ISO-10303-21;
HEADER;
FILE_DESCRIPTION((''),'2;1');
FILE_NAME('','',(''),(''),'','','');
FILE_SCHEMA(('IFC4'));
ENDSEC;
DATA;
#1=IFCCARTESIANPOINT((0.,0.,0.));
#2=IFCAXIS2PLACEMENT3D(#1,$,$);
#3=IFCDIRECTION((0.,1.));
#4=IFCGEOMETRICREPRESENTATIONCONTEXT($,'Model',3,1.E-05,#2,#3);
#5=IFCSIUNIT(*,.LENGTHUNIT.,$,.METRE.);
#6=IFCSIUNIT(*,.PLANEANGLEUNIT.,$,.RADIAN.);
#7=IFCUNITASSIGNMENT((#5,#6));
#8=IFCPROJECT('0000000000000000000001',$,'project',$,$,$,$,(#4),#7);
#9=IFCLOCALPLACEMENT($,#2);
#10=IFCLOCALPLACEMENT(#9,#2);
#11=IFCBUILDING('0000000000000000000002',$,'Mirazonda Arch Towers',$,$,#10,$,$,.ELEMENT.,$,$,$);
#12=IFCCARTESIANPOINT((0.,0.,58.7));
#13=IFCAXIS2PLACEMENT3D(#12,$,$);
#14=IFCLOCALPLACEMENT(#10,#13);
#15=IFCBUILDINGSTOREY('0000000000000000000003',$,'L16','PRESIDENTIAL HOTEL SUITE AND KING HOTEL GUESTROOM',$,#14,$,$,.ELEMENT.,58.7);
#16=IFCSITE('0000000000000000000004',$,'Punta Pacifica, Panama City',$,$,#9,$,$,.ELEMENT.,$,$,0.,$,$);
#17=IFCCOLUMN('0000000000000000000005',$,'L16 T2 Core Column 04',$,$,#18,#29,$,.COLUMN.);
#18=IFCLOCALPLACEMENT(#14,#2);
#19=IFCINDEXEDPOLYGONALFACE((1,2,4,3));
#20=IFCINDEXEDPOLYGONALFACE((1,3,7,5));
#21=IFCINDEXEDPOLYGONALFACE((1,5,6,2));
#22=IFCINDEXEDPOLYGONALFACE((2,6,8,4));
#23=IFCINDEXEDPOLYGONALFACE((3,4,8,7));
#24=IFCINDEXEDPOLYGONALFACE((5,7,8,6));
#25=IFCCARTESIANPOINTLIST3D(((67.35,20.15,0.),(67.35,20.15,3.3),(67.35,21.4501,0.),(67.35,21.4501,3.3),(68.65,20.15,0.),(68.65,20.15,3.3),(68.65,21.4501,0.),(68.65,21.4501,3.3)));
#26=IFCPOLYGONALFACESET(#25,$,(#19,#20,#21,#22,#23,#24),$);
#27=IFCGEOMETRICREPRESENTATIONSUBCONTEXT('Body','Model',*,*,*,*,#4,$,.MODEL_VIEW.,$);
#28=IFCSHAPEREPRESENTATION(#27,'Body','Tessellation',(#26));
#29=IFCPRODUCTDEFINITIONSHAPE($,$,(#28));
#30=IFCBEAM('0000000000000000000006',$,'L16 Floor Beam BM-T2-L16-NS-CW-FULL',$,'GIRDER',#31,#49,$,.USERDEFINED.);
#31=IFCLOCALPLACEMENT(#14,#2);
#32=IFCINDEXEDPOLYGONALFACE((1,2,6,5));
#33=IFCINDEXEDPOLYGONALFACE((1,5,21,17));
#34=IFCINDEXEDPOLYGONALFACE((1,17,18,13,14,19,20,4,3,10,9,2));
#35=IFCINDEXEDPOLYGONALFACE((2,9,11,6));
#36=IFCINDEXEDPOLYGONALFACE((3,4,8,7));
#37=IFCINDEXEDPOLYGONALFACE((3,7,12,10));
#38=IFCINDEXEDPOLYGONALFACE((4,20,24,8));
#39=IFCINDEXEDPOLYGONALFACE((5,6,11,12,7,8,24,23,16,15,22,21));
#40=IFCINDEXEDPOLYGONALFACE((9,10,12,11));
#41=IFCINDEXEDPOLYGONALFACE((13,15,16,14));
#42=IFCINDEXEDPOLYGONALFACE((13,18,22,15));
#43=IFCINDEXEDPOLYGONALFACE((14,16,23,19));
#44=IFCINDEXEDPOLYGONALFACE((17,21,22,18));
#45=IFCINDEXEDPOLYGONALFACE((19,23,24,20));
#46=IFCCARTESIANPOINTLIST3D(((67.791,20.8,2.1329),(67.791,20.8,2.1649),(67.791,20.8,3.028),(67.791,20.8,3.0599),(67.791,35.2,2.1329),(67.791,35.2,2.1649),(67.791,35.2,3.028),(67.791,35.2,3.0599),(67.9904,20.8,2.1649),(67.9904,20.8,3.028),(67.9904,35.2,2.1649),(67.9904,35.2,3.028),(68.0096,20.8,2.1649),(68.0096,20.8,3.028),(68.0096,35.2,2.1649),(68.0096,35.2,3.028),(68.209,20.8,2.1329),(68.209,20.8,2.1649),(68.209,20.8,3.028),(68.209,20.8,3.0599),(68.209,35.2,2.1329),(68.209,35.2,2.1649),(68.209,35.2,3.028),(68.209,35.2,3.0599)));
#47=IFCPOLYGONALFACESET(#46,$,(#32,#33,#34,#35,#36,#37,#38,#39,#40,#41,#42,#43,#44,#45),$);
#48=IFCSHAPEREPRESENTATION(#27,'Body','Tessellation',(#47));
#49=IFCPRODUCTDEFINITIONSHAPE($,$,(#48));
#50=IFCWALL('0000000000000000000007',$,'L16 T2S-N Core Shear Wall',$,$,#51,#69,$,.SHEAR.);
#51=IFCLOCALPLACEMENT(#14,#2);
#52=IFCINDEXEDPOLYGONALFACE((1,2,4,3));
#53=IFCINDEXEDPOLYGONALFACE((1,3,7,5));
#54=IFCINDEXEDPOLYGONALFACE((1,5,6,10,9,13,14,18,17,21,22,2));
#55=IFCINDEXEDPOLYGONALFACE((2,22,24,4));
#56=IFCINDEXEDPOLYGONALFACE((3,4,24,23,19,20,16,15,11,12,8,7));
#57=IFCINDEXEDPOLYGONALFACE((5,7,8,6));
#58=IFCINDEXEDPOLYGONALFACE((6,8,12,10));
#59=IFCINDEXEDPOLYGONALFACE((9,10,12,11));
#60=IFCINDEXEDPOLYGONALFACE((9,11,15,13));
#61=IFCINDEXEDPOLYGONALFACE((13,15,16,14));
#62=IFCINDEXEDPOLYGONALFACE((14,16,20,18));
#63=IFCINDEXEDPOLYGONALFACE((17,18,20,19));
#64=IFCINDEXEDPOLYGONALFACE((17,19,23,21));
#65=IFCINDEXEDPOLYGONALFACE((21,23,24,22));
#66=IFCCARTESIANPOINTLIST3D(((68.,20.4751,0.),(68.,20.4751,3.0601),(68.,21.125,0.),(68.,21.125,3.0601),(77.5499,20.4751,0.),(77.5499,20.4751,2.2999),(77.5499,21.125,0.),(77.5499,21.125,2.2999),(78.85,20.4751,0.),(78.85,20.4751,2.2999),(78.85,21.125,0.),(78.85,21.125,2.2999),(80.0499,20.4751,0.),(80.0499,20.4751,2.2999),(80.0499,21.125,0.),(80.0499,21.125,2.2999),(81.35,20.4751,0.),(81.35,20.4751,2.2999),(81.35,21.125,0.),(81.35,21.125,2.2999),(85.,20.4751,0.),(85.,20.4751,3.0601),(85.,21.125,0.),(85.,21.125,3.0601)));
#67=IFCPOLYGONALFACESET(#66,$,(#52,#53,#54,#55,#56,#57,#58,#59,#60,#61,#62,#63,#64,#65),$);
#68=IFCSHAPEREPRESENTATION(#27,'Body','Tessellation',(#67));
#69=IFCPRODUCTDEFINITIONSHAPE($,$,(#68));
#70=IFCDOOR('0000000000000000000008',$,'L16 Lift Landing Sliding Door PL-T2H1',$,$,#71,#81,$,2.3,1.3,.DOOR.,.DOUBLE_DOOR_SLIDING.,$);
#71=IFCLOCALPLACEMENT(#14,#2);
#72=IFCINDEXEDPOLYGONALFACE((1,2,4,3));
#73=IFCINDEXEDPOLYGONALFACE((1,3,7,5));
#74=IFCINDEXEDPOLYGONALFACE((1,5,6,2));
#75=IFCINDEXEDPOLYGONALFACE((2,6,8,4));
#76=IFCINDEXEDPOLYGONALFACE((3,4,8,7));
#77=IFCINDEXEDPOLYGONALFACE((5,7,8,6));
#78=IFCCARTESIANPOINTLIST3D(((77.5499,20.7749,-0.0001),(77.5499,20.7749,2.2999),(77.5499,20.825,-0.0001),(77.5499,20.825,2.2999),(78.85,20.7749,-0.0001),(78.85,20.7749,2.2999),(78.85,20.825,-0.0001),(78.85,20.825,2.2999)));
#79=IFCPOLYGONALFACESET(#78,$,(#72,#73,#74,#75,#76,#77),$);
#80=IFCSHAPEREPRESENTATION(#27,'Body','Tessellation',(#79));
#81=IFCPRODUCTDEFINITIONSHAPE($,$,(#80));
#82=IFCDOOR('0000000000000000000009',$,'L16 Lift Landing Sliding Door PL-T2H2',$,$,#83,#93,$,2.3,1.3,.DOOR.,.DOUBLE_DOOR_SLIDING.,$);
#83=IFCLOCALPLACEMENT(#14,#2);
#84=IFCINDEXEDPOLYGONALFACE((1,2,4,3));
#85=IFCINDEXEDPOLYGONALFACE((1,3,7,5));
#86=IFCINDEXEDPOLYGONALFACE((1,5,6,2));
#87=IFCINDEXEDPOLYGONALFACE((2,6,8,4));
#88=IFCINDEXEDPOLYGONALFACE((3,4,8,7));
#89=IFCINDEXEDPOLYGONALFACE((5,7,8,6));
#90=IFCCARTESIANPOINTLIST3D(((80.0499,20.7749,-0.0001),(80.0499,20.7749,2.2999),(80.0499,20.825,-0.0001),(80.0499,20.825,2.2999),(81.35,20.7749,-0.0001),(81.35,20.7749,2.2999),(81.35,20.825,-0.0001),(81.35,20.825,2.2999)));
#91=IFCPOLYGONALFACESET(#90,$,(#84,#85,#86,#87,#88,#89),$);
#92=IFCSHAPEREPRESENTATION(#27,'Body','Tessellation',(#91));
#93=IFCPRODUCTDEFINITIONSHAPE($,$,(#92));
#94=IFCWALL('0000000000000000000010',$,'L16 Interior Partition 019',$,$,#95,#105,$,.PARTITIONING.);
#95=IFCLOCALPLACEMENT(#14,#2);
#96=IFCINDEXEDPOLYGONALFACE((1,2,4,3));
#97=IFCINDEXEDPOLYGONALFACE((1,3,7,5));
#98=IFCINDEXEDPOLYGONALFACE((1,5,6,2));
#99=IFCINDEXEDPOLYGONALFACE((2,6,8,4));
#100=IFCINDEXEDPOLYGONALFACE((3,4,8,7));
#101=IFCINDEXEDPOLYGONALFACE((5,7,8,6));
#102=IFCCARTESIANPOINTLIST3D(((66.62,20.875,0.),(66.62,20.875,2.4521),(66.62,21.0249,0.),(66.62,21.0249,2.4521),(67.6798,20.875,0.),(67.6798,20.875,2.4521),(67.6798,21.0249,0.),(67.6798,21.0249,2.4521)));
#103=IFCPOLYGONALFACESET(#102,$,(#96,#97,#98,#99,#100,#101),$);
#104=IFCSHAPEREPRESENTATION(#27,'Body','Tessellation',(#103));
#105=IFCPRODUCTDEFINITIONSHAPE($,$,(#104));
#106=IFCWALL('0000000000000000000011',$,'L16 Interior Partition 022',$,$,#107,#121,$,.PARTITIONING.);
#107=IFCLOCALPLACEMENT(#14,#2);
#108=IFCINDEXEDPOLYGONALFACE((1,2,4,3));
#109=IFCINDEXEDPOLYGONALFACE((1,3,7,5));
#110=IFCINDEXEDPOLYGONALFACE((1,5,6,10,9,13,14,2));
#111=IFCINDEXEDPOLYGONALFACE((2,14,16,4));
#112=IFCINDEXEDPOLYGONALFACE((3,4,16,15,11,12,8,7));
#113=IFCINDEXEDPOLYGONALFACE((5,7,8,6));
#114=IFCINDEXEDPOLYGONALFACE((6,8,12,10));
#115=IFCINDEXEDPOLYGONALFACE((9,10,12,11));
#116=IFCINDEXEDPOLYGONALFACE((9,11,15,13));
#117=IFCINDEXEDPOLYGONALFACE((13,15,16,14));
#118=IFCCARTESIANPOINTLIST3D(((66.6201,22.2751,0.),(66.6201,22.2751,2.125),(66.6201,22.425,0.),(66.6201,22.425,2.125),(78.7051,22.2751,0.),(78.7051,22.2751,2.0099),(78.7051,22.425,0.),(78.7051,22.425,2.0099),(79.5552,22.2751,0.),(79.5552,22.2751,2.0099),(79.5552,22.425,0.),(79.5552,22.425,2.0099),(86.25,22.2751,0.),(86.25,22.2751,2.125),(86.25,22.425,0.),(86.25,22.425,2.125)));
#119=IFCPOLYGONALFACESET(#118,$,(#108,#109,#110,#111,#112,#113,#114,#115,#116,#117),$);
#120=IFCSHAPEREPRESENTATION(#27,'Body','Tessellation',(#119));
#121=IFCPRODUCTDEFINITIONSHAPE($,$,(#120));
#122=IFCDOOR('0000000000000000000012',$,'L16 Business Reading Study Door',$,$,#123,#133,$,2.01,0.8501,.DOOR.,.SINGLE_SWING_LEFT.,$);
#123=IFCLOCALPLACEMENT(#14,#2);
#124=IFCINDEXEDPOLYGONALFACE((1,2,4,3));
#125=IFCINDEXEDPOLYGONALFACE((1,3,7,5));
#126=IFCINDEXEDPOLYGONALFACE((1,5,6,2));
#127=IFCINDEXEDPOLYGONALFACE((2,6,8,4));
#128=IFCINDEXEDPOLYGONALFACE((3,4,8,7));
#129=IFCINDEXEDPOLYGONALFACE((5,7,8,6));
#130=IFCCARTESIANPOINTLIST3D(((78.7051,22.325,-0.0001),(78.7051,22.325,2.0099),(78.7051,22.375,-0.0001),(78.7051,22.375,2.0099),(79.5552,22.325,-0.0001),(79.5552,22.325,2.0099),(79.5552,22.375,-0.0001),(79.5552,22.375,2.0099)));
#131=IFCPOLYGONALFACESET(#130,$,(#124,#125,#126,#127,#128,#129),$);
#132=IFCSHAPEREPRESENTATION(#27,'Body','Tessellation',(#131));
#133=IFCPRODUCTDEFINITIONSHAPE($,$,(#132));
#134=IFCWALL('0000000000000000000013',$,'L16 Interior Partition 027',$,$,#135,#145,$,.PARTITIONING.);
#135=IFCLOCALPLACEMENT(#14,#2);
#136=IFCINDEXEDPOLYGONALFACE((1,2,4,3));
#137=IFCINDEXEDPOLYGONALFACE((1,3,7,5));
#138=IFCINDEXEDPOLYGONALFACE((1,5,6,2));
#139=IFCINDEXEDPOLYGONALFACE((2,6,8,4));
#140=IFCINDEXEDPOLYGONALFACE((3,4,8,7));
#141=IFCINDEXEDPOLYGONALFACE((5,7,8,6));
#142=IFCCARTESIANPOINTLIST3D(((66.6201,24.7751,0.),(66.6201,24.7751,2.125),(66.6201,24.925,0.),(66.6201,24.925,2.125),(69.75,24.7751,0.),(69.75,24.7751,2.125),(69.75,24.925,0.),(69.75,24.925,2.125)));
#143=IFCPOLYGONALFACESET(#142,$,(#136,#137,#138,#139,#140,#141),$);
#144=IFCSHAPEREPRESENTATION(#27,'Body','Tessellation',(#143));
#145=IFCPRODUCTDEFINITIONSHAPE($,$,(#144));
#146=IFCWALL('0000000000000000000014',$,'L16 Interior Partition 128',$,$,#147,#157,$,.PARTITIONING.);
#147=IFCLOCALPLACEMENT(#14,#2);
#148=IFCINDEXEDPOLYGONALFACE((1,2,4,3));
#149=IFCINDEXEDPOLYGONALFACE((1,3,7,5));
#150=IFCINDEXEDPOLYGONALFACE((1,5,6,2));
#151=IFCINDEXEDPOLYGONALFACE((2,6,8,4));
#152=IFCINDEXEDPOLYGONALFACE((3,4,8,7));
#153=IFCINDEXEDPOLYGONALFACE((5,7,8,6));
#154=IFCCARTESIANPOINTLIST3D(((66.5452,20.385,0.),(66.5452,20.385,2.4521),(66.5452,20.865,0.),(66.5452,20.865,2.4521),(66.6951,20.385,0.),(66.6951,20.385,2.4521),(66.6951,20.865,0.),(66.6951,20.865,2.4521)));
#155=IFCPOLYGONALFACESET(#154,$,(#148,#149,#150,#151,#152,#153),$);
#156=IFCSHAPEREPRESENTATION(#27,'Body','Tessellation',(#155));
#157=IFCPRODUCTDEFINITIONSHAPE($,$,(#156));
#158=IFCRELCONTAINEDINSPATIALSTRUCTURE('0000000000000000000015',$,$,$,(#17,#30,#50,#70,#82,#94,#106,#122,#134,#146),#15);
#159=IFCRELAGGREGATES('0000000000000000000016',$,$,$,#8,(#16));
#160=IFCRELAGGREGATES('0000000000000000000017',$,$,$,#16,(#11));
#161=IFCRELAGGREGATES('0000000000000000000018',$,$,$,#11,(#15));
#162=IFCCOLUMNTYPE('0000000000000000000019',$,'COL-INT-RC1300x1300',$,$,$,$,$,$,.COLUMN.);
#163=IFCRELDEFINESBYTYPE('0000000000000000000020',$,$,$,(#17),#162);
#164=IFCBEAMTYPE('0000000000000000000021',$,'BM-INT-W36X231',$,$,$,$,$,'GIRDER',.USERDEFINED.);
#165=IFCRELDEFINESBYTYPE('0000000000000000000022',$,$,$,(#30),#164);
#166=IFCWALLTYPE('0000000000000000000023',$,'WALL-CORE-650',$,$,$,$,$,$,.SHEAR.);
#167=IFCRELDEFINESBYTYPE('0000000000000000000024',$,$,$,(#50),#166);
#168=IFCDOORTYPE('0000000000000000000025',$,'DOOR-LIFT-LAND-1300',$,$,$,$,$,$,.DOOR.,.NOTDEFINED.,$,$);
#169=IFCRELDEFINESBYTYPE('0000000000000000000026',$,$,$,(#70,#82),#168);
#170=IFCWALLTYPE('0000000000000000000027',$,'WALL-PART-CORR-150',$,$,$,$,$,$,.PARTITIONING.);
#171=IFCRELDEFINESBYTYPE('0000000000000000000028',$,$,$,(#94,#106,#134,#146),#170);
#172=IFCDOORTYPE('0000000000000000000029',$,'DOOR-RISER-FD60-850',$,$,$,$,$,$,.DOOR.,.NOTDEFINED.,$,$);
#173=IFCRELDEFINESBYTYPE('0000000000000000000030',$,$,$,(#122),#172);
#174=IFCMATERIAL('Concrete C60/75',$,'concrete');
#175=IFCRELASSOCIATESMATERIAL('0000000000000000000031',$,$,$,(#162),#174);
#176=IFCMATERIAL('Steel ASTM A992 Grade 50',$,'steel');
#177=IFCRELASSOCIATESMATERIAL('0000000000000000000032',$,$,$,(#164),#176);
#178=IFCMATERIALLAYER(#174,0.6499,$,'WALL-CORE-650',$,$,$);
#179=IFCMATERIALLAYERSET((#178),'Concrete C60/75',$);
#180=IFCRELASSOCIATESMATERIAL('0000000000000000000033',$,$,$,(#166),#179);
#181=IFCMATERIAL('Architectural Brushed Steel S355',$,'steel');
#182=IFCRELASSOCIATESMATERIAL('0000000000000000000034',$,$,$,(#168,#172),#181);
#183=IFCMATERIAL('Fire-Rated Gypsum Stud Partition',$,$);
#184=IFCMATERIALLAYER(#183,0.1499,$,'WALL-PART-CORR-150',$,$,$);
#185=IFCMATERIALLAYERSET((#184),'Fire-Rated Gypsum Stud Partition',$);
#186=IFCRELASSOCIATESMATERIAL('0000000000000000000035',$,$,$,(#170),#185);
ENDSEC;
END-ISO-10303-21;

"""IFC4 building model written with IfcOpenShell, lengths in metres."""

from ifc_helpers import new_model, si_unit, direction, frame, frame_2d, origin, origin_2d, place, context, subcontext, project, spatial, rectangle, i_section, extrude, material, layer, layer_set, material_profile, profile_set, type_object, element, fill, save


model = new_model("IFC4")

# Units and contexts
model_context = context("Model", 3, precision=1e-05, world=origin(), true_north=direction((0.0, 1.0)))
body_context = subcontext(model_context, "Body", "Model", "MODEL_VIEW")
ifc_project = project(units=[si_unit("LENGTHUNIT", "METRE"), si_unit("PLANEANGLEUNIT", "RADIAN")], contexts=[model_context])

# Site, building, storey
site_placement = place(None, origin())
site = spatial("IfcSite", under=ifc_project, at=site_placement, Name="Punta Pacifica, Panama City", CompositionType="ELEMENT", RefElevation=0.0)
building_placement = place(site_placement, origin())
building = spatial("IfcBuilding", under=site, at=building_placement, Name="Mirazonda Arch Towers", CompositionType="ELEMENT")
storey_placement = place(building_placement, frame((0.0, 0.0, 58.7)))
storey = spatial("IfcBuildingStorey", under=building, at=storey_placement, Name="L16", Description="PRESIDENTIAL HOTEL SUITE AND KING HOTEL GUESTROOM", CompositionType="ELEMENT", Elevation=58.7)

# Column
ifc_material_1 = material(Name="Concrete C60/75", Category="concrete")
ifc_material_profile_1 = material_profile(ifc_material_1, rectangle(XDim=1.3, YDim=1.3, at=origin_2d()), Name="RC1300x1300")
ifc_profile_set_1 = profile_set([ifc_material_profile_1], Name="Concrete C60/75")
column_type = type_object("IfcColumnType", Name="COL-INT-RC1300x1300", PredefinedType="COLUMN", material=ifc_profile_set_1)
column_placement = place(storey_placement, frame((68.0, 20.8, 0.0), z_axis=(0.0, 0.0, 1.0), x_axis=(1.0, 0.0, 0.0)))
element("IfcColumn", 1, at=column_placement, inside=storey, type_object=column_type, Name="L16 T2 Core Column 04", PredefinedType="COLUMN", context=body_context, shape_type="SweptSolid", body=[
    extrude(rectangle(XDim=1.3, YDim=1.3, at=origin_2d()), origin(), (0.0, 0.0, 1.0), 3.3),
])

# Beam
ifc_material_2 = material(Name="Steel ASTM A992 Grade 50", Category="steel")
ifc_material_profile_2 = material_profile(ifc_material_2, i_section(OverallWidth=0.418, OverallDepth=0.927, WebThickness=0.0193, FlangeThickness=0.032, at=origin_2d()), Name="W36X231")
ifc_profile_set_2 = profile_set([ifc_material_profile_2], Name="Steel ASTM A992 Grade 50")
beam_type = type_object("IfcBeamType", Name="BM-INT-W36X231", ElementType="GIRDER", PredefinedType="USERDEFINED", material=ifc_profile_set_2)
beam_placement = place(storey_placement, frame((68.0, 20.8, 2.5964), z_axis=(0.0, 1.0, 0.0), x_axis=(-1.0, 0.0, 0.0)))
element("IfcBeam", 2, at=beam_placement, inside=storey, type_object=beam_type, Name="L16 Floor Beam BM-T2-L16-NS-CW-FULL", ObjectType="GIRDER", PredefinedType="USERDEFINED", context=body_context, shape_type="SweptSolid", body=[
    extrude(i_section(OverallWidth=0.418, OverallDepth=0.927, WebThickness=0.0193, FlangeThickness=0.032, at=origin_2d()), origin(), (0.0, 0.0, 1.0), 14.3999),
])

# Wall, openings, doors
ifc_layer_1 = layer(ifc_material_1, 0.6499, Name="WALL-CORE-650")
ifc_layer_set_1 = layer_set([ifc_layer_1], Name="Concrete C60/75")
wall_type_1 = type_object("IfcWallType", Name="WALL-CORE-650", PredefinedType="SHEAR", material=ifc_layer_set_1)
wall_1_placement = place(storey_placement, frame((68.0, 20.8, 0.0), z_axis=(0.0, 0.0, 1.0), x_axis=(1.0, 0.0, 0.0)))
wall_1 = element("IfcWall", 3, at=wall_1_placement, inside=storey, type_object=wall_type_1, Name="L16 T2S-N Core Shear Wall", PredefinedType="SHEAR", context=body_context, shape_type="SweptSolid", body=[
    extrude(rectangle(XDim=17.0, YDim=0.6499, at=frame_2d((8.5, 0.0))), origin(), (0.0, 0.0, 1.0), 3.0601),
])
opening_1_placement = place(wall_1_placement, frame((9.55, 0.0, 0.0)))
opening_1 = element("IfcOpeningElement", 4, at=opening_1_placement, cuts=wall_1, PredefinedType="OPENING", context=body_context, shape_type="SweptSolid", body=[
    extrude(rectangle(XDim=1.3, YDim=2.3, at=frame_2d((0.6499, 1.1499))), frame((0.0, 0.335, 0.0), z_axis=(0.0, -1.0, 0.0), x_axis=(1.0, 0.0, 0.0)), (0.0, 0.0, 1.0), 0.6699),
])
opening_2_placement = place(wall_1_placement, frame((12.05, 0.0, 0.0)))
opening_2 = element("IfcOpeningElement", 5, at=opening_2_placement, cuts=wall_1, PredefinedType="OPENING", context=body_context, shape_type="SweptSolid", body=[
    extrude(rectangle(XDim=1.3, YDim=2.3, at=frame_2d((0.6499, 1.1499))), frame((0.0, 0.335, 0.0), z_axis=(0.0, -1.0, 0.0), x_axis=(1.0, 0.0, 0.0)), (0.0, 0.0, 1.0), 0.6699),
])
ifc_material_3 = material(Name="Architectural Brushed Steel S355", Category="steel")
door_type_1 = type_object("IfcDoorType", Name="DOOR-LIFT-LAND-1300", OperationType="NOTDEFINED", PredefinedType="DOOR", material=ifc_material_3)
door_1_placement = place(opening_1_placement, origin())
door_1 = element("IfcDoor", 6, at=door_1_placement, inside=storey, type_object=door_type_1, Name="L16 Lift Landing Sliding Door PL-T2H1", OperationType="DOUBLE_DOOR_SLIDING", OverallHeight=2.3, OverallWidth=1.3, PredefinedType="DOOR", context=body_context, shape_type="SweptSolid", body=[
    extrude(rectangle(XDim=1.3, YDim=2.3, at=frame_2d((0.6499, 1.1499))), frame((0.0, 0.0249, 0.0), z_axis=(0.0, -1.0, 0.0), x_axis=(1.0, 0.0, 0.0)), (0.0, 0.0, 1.0), 0.05),
])
fill(opening_1, door_1)
door_2_placement = place(opening_2_placement, origin())
door_2 = element("IfcDoor", 7, at=door_2_placement, inside=storey, type_object=door_type_1, Name="L16 Lift Landing Sliding Door PL-T2H2", OperationType="DOUBLE_DOOR_SLIDING", OverallHeight=2.3, OverallWidth=1.3, PredefinedType="DOOR", context=body_context, shape_type="SweptSolid", body=[
    extrude(rectangle(XDim=1.3, YDim=2.3, at=frame_2d((0.6499, 1.1499))), frame((0.0, 0.0249, 0.0), z_axis=(0.0, -1.0, 0.0), x_axis=(1.0, 0.0, 0.0)), (0.0, 0.0, 1.0), 0.05),
])
fill(opening_2, door_2)

# Wall
ifc_material_4 = material(Name="Fire-Rated Gypsum Stud Partition")
ifc_layer_2 = layer(ifc_material_4, 0.1499, Name="WALL-PART-CORR-150")
ifc_layer_set_2 = layer_set([ifc_layer_2], Name="Fire-Rated Gypsum Stud Partition")
wall_type_2 = type_object("IfcWallType", Name="WALL-PART-CORR-150", PredefinedType="PARTITIONING", material=ifc_layer_set_2)
wall_2_placement = place(storey_placement, frame((66.6201, 20.95, 0.0), z_axis=(0.0, 0.0, 1.0), x_axis=(1.0, 0.0, 0.0)))
element("IfcWall", 8, at=wall_2_placement, inside=storey, type_object=wall_type_2, Name="L16 Interior Partition 019", PredefinedType="PARTITIONING", context=body_context, shape_type="SweptSolid", body=[
    extrude(rectangle(XDim=1.0598, YDim=0.1499, at=frame_2d((0.5298, 0.0))), origin(), (0.0, 0.0, 1.0), 2.4521),
])

# Wall, opening, door
wall_3_placement = place(storey_placement, frame((66.6201, 22.3501, 0.0), z_axis=(0.0, 0.0, 1.0), x_axis=(1.0, 0.0, 0.0)))
wall_3 = element("IfcWall", 9, at=wall_3_placement, inside=storey, type_object=wall_type_2, Name="L16 Interior Partition 022", PredefinedType="PARTITIONING", context=body_context, shape_type="SweptSolid", body=[
    extrude(rectangle(XDim=19.6299, YDim=0.1499, at=frame_2d((9.8149, 0.0))), origin(), (0.0, 0.0, 1.0), 2.125),
])
opening_3_placement = place(wall_3_placement, frame((12.085, 0.0, 0.0)))
opening_3 = element("IfcOpeningElement", 10, at=opening_3_placement, cuts=wall_3, PredefinedType="OPENING", context=body_context, shape_type="SweptSolid", body=[
    extrude(rectangle(XDim=0.8501, YDim=2.01, at=frame_2d((0.425, 1.0049))), frame((0.0, 0.085, 0.0), z_axis=(0.0, -1.0, 0.0), x_axis=(1.0, 0.0, 0.0)), (0.0, 0.0, 1.0), 0.1699),
])
door_type_2 = type_object("IfcDoorType", Name="DOOR-RISER-FD60-850", OperationType="NOTDEFINED", PredefinedType="DOOR", material=ifc_material_3)
door_3_placement = place(opening_3_placement, origin())
door_3 = element("IfcDoor", 11, at=door_3_placement, inside=storey, type_object=door_type_2, Name="L16 Business Reading Study Door", OperationType="SINGLE_SWING_LEFT", OverallHeight=2.01, OverallWidth=0.8501, PredefinedType="DOOR", context=body_context, shape_type="SweptSolid", body=[
    extrude(rectangle(XDim=0.8501, YDim=2.01, at=frame_2d((0.425, 1.0049))), frame((0.0, 0.0249, 0.0), z_axis=(0.0, -1.0, 0.0), x_axis=(1.0, 0.0, 0.0)), (0.0, 0.0, 1.0), 0.05),
])
fill(opening_3, door_3)

# Walls
wall_4_placement = place(storey_placement, frame((66.6201, 24.8501, 0.0), z_axis=(0.0, 0.0, 1.0), x_axis=(1.0, 0.0, 0.0)))
element("IfcWall", 12, at=wall_4_placement, inside=storey, type_object=wall_type_2, Name="L16 Interior Partition 027", PredefinedType="PARTITIONING", context=body_context, shape_type="SweptSolid", body=[
    extrude(rectangle(XDim=3.1299, YDim=0.1499, at=frame_2d((1.5649, 0.0))), origin(), (0.0, 0.0, 1.0), 2.125),
])
wall_5_placement = place(storey_placement, frame((66.6201, 20.385, 0.0), z_axis=(0.0, 0.0, 1.0), x_axis=(0.0, 1.0, 0.0)))
element("IfcWall", 13, at=wall_5_placement, inside=storey, type_object=wall_type_2, Name="L16 Interior Partition 128", PredefinedType="PARTITIONING", context=body_context, shape_type="SweptSolid", body=[
    extrude(rectangle(XDim=0.48, YDim=0.1499, at=frame_2d((0.24, 0.0))), origin(), (0.0, 0.0, 1.0), 2.4521),
])

save(model, "model.ifc")
